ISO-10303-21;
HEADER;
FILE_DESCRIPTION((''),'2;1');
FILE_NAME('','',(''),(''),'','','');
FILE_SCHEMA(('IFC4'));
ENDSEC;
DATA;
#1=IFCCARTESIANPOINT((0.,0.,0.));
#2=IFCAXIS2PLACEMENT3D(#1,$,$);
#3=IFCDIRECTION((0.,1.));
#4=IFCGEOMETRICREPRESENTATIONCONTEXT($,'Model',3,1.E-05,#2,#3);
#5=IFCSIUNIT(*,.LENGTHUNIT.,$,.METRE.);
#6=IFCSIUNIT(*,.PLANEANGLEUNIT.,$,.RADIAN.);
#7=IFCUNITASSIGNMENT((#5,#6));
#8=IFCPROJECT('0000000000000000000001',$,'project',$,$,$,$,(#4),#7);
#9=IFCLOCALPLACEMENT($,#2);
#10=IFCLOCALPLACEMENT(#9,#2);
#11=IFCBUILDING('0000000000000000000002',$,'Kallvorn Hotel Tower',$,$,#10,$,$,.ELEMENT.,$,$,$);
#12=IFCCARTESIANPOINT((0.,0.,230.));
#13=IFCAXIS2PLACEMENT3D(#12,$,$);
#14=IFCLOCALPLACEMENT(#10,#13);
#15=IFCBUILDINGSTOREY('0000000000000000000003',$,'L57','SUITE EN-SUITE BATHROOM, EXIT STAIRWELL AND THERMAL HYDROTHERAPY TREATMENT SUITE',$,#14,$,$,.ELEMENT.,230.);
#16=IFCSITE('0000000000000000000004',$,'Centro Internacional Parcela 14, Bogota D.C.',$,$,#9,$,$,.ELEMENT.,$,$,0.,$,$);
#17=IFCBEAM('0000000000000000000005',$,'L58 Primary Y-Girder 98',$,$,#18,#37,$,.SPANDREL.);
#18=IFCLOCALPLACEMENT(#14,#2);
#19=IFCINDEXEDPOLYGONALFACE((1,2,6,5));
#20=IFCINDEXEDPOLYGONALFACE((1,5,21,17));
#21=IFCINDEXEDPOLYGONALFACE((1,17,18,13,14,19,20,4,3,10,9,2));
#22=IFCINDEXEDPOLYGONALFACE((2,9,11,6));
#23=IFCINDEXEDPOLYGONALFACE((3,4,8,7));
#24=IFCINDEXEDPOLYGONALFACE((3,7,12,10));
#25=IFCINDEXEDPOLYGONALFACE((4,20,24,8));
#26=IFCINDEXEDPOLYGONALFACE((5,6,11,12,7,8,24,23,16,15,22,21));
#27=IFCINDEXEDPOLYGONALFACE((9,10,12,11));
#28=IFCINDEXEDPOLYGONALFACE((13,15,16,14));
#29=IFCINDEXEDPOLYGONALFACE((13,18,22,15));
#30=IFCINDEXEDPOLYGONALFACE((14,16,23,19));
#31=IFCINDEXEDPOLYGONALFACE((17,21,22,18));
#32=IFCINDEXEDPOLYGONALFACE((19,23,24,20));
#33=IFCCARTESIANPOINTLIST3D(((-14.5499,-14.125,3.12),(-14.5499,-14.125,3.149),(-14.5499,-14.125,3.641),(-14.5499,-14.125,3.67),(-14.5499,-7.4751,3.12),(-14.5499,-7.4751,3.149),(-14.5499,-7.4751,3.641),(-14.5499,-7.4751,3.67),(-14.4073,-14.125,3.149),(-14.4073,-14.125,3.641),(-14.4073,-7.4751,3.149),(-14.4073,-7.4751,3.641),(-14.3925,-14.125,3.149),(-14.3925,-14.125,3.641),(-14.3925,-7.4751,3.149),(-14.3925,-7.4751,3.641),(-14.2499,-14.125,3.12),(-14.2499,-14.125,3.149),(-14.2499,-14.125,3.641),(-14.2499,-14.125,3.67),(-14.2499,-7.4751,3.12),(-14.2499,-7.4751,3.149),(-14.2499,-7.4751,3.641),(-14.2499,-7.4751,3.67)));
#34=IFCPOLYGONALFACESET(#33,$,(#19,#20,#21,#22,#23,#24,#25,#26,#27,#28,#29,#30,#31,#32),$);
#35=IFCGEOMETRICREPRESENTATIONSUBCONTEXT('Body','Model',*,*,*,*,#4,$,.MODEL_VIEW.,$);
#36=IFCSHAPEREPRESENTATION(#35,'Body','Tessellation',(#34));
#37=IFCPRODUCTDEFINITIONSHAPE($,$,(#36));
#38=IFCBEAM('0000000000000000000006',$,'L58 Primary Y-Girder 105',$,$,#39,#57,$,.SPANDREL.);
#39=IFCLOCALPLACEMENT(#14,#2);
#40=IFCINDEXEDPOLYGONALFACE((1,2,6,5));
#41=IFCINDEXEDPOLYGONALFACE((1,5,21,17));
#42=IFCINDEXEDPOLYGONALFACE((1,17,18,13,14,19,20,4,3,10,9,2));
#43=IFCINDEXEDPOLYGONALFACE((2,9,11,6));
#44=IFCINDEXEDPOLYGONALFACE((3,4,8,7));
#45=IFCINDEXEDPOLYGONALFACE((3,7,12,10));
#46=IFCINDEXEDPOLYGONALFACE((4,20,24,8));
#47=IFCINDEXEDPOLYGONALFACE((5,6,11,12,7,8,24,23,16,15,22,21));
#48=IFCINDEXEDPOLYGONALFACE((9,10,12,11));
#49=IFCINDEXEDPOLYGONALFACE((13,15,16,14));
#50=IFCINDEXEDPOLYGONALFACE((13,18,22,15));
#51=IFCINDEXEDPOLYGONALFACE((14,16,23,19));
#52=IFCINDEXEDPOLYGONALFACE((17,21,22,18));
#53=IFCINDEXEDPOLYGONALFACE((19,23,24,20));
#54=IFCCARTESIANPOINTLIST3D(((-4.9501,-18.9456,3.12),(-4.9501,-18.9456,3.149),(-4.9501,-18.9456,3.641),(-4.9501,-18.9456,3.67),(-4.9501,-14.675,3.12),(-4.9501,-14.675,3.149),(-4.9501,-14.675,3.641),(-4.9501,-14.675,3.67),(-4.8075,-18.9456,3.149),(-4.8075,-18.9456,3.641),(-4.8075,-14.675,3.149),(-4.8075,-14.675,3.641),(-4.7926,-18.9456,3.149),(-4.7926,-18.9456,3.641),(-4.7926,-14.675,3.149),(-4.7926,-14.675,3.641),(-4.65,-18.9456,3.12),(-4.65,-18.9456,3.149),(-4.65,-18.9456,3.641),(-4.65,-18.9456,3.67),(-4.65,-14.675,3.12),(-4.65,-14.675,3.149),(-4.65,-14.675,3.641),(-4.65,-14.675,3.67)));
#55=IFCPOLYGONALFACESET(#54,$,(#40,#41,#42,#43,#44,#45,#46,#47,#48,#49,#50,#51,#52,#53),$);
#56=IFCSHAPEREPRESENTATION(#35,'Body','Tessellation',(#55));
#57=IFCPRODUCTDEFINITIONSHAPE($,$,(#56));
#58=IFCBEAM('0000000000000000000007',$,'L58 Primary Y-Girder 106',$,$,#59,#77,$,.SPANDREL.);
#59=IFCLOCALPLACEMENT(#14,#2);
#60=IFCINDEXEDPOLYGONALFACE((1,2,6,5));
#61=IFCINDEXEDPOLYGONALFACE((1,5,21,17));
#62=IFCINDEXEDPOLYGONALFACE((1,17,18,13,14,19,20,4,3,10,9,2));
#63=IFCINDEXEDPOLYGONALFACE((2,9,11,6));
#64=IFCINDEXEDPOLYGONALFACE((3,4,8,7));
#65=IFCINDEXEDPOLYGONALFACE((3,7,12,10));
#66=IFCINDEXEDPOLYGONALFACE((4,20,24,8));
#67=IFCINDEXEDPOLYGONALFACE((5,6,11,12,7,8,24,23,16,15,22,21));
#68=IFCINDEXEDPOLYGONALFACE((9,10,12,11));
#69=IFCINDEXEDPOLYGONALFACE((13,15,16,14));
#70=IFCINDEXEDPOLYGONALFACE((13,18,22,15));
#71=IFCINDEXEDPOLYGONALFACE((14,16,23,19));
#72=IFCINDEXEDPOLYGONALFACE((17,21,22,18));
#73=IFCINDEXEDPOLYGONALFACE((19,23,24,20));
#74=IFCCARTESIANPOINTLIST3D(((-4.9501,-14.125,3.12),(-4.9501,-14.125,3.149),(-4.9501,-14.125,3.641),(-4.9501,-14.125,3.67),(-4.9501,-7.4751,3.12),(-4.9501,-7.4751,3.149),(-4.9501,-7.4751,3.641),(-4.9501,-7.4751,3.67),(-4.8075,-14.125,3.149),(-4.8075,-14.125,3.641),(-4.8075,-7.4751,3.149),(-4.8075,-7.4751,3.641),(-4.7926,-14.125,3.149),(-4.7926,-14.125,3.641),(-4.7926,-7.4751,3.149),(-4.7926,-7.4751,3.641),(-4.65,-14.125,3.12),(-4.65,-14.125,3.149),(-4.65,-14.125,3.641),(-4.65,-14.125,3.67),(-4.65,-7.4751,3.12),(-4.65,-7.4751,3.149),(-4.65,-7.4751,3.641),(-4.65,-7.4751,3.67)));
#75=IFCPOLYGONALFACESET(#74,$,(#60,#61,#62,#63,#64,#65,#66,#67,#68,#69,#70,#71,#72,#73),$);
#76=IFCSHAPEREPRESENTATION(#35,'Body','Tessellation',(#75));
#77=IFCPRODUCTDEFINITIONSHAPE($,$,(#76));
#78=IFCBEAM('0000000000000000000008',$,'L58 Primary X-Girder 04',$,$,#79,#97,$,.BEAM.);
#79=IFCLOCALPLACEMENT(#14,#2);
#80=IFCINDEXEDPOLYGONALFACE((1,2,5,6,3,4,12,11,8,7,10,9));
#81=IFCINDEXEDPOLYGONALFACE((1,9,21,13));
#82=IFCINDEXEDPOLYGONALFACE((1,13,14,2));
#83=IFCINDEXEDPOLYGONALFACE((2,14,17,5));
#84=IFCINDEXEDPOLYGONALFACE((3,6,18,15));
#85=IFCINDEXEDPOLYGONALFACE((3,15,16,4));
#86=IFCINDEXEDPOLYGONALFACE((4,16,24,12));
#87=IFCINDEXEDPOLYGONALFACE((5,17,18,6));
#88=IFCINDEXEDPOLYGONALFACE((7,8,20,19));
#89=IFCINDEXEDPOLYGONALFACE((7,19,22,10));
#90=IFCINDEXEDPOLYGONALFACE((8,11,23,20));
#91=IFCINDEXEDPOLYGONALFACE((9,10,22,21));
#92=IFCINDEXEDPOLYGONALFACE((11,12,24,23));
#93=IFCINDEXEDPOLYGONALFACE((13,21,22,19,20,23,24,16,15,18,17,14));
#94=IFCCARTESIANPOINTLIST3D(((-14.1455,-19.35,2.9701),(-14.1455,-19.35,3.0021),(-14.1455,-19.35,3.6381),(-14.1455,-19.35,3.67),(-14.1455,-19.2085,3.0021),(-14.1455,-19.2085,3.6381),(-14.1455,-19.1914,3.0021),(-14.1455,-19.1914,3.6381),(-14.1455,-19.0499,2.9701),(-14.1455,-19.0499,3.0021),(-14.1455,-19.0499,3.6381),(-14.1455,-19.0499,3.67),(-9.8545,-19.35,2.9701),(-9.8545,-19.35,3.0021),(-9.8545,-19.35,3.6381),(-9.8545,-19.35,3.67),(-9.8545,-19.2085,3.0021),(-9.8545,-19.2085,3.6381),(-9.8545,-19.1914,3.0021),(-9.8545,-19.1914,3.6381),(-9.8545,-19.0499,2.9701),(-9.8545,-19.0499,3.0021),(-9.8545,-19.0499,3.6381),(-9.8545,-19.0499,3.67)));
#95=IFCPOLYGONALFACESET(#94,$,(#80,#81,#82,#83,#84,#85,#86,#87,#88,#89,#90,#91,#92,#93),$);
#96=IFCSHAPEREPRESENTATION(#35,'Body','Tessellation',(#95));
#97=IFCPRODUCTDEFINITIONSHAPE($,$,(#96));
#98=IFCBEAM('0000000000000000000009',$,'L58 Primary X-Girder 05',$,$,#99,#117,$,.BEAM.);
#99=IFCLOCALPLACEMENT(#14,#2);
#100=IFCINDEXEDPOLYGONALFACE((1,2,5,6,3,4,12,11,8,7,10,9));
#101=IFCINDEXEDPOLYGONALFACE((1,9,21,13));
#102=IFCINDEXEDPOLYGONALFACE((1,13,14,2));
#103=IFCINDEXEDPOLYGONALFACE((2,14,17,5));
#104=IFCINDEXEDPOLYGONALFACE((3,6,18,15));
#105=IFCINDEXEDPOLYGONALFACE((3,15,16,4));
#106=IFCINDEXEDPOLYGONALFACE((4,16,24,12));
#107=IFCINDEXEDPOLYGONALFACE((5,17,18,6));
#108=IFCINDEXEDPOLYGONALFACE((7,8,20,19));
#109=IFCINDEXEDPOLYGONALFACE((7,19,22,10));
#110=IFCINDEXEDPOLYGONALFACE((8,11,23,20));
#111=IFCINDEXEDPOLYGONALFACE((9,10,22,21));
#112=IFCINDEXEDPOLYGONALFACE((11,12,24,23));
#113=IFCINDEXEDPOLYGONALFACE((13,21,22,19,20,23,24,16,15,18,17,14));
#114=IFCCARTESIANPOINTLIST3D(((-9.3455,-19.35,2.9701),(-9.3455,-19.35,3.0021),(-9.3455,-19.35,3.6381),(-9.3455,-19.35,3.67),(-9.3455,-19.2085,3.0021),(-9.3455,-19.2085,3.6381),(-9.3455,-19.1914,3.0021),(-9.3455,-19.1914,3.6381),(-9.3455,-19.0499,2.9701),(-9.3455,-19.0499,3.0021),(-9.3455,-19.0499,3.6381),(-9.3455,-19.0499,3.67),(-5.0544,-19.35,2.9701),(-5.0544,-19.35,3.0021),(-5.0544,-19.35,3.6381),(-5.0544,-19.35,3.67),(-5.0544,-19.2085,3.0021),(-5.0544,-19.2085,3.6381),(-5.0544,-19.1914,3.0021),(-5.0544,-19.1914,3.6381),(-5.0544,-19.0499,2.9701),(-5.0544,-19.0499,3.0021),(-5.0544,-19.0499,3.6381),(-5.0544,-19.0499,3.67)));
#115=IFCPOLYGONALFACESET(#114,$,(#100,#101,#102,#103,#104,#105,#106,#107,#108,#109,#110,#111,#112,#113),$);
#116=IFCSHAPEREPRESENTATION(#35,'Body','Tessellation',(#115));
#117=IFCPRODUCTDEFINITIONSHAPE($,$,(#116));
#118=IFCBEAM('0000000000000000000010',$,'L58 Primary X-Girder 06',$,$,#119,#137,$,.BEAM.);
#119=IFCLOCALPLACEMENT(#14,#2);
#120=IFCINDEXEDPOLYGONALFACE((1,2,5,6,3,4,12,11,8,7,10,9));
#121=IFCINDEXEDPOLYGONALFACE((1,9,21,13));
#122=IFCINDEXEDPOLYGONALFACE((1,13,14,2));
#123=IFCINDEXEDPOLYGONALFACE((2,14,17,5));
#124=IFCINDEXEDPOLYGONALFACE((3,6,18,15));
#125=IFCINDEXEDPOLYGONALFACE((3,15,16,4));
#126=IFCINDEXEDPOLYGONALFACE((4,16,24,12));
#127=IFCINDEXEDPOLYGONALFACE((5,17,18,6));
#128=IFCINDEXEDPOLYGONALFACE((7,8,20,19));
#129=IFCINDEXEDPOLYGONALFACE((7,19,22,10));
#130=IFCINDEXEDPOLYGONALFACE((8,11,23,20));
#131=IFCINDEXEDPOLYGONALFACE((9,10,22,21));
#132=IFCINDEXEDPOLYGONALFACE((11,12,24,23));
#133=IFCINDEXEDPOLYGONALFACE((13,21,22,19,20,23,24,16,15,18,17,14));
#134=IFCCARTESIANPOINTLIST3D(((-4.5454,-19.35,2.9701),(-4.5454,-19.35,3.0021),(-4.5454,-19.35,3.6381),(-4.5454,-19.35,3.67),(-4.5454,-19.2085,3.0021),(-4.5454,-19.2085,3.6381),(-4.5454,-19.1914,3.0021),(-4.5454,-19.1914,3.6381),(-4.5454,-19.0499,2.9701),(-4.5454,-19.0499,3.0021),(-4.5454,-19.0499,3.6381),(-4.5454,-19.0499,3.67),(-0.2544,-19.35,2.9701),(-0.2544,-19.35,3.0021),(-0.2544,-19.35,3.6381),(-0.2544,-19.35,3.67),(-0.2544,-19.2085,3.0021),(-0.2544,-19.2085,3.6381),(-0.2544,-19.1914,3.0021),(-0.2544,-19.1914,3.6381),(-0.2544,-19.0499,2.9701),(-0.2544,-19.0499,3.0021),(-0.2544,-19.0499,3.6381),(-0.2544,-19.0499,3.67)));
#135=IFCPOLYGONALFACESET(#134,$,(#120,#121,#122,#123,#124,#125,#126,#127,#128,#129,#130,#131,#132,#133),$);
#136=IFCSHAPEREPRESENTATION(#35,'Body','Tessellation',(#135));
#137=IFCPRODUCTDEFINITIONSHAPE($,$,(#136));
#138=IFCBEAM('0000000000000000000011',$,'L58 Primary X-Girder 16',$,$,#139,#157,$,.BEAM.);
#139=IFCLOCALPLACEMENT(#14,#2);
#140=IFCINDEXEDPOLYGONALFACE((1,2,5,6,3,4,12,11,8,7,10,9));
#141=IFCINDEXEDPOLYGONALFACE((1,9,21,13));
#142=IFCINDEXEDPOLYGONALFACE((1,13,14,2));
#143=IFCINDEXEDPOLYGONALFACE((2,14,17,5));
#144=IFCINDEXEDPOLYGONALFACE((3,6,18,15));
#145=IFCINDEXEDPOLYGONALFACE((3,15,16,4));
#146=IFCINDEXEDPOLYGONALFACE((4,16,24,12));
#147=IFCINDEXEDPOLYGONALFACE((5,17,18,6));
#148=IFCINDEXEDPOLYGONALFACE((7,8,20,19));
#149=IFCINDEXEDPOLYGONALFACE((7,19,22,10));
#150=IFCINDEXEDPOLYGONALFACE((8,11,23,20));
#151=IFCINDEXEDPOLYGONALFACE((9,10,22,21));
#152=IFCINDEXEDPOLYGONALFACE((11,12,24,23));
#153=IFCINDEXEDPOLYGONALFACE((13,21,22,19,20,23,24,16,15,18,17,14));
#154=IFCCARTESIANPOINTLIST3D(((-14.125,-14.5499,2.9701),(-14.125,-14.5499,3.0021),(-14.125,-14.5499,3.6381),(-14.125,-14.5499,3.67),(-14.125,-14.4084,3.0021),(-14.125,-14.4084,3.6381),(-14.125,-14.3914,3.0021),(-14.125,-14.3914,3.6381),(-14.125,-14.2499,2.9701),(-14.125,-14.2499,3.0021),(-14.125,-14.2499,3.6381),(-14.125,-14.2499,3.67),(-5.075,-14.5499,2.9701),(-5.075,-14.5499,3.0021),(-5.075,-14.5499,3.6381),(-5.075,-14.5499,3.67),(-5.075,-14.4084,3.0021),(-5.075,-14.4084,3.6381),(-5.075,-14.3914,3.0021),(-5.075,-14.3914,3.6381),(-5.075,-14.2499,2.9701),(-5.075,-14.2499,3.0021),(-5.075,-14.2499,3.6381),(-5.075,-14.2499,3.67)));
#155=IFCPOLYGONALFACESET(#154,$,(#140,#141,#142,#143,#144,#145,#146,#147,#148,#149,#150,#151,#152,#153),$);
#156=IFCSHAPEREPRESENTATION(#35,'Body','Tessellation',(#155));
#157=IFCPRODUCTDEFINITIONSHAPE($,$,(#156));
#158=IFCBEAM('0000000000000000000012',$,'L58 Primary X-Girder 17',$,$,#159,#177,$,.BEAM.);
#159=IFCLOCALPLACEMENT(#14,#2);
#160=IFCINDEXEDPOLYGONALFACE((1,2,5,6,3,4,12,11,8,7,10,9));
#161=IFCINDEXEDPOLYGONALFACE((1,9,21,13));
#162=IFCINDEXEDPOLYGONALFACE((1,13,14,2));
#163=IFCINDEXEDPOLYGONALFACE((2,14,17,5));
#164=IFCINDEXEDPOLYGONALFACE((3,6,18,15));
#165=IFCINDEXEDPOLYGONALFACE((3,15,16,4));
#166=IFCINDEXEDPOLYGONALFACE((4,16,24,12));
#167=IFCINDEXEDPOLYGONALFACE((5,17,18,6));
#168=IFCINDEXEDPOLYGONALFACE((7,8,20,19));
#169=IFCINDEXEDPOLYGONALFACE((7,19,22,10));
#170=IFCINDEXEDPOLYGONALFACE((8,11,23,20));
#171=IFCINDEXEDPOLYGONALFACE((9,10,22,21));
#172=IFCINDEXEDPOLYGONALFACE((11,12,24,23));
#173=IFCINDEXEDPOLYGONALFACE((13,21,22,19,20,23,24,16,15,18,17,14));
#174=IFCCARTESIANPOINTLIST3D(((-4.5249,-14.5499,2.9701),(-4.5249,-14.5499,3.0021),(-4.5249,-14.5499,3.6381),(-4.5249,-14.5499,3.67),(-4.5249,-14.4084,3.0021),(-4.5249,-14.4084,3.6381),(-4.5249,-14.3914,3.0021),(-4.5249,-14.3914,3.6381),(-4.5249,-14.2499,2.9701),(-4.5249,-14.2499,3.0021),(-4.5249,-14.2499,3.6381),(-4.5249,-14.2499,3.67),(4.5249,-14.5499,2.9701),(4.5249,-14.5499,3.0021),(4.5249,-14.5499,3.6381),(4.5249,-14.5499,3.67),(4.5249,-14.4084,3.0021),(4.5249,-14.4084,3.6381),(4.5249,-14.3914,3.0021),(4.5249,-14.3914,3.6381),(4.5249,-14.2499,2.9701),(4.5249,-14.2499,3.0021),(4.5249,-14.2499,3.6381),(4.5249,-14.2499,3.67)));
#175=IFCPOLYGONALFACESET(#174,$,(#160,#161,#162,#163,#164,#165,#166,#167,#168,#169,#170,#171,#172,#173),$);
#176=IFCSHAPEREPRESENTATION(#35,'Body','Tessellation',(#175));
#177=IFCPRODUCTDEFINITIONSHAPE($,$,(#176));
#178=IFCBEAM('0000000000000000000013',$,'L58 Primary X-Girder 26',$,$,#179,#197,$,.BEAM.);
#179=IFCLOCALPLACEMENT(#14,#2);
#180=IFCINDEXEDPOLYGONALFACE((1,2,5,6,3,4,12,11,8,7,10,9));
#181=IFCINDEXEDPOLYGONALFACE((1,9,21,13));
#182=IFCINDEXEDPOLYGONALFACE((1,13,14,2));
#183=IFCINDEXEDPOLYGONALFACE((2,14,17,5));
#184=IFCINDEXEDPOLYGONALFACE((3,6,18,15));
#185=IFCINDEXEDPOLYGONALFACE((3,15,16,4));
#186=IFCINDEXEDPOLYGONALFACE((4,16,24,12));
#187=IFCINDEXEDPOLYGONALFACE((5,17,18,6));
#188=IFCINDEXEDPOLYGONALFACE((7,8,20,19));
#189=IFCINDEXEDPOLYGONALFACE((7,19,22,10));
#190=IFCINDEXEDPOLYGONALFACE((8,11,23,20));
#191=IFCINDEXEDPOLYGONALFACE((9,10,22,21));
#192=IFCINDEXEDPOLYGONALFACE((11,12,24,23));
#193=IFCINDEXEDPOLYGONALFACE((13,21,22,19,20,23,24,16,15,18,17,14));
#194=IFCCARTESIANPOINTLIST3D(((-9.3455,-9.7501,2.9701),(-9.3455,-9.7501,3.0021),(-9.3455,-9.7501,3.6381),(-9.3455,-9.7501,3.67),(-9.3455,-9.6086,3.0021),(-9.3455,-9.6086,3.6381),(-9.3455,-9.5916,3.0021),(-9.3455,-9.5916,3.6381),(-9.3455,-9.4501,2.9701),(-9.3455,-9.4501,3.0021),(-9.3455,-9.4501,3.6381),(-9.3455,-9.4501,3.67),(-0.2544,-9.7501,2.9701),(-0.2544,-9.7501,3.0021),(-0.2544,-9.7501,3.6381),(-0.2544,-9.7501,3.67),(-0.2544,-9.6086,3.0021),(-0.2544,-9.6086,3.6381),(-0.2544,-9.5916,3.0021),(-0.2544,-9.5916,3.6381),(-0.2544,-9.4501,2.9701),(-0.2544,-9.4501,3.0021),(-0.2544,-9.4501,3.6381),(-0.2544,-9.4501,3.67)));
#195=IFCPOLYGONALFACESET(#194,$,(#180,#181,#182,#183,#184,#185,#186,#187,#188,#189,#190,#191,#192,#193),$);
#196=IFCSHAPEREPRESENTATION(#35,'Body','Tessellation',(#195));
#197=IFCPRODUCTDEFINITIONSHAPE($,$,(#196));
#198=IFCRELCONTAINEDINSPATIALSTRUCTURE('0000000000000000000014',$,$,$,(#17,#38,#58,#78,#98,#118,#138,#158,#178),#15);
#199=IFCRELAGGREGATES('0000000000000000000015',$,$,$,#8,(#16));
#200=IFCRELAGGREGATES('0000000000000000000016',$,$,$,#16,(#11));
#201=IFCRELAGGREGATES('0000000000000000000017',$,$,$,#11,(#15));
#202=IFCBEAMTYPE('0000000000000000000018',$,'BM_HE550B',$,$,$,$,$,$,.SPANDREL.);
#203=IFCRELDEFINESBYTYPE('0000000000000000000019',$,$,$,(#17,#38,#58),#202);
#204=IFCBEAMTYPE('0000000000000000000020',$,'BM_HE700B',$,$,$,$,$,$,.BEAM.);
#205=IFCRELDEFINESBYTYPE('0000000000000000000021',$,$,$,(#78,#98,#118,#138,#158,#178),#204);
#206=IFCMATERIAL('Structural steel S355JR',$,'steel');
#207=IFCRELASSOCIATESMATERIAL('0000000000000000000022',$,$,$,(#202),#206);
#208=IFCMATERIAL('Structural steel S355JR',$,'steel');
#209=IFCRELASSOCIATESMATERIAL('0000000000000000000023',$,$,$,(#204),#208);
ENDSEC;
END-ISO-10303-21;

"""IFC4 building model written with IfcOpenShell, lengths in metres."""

from ifc_helpers import new_model, si_unit, direction, frame, origin, origin_2d, place, context, subcontext, project, spatial, i_section, extrude, material, material_profile, profile_set, type_object, element, save


model = new_model("IFC4")

# Units and contexts
model_context = context("Model", 3, precision=1e-05, world=origin(), true_north=direction((0.0, 1.0)))
body_context = subcontext(model_context, "Body", "Model", "MODEL_VIEW")
ifc_project = project(units=[si_unit("LENGTHUNIT", "METRE"), si_unit("PLANEANGLEUNIT", "RADIAN")], contexts=[model_context])

# Site, building, storey
site_placement = place(None, origin())
site = spatial("IfcSite", under=ifc_project, at=site_placement, Name="Centro Internacional Parcela 14, Bogota D.C.", CompositionType="ELEMENT", RefElevation=0.0)
building_placement = place(site_placement, origin())
building = spatial("IfcBuilding", under=site, at=building_placement, Name="Kallvorn Hotel Tower", CompositionType="ELEMENT")
storey_placement = place(building_placement, frame((0.0, 0.0, 230.0)))
storey = spatial("IfcBuildingStorey", under=building, at=storey_placement, Name="L57", Description="SUITE EN-SUITE BATHROOM, EXIT STAIRWELL AND THERMAL HYDROTHERAPY TREATMENT SUITE", CompositionType="ELEMENT", Elevation=230.0)

# Beams
ifc_material_1 = material(Name="Structural steel S355JR", Category="steel")
ifc_material_profile_1 = material_profile(ifc_material_1, i_section(OverallWidth=0.3, OverallDepth=0.55, WebThickness=0.0149, FlangeThickness=0.0291, at=origin_2d()), Name="HE 550 B")
ifc_profile_set_1 = profile_set([ifc_material_profile_1], Name="Structural steel S355JR")
beam_type_1 = type_object("IfcBeamType", Name="BM_HE550B", PredefinedType="SPANDREL", material=ifc_profile_set_1)
beam_1_placement = place(storey_placement, frame((-14.3999, -14.125, 3.395), z_axis=(0.0, 1.0, 0.0), x_axis=(-1.0, 0.0, 0.0)))
element("IfcBeam", 1, at=beam_1_placement, inside=storey, type_object=beam_type_1, Name="L58 Primary Y-Girder 98", PredefinedType="SPANDREL", context=body_context, shape_type="SweptSolid", body=[
    extrude(i_section(OverallWidth=0.3, OverallDepth=0.55, WebThickness=0.0149, FlangeThickness=0.0291, at=origin_2d()), origin(), (0.0, 0.0, 1.0), 6.6499),
])
beam_2_placement = place(storey_placement, frame((-4.8, -18.9456, 3.395), z_axis=(0.0, 1.0, 0.0), x_axis=(-1.0, 0.0, 0.0)))
element("IfcBeam", 2, at=beam_2_placement, inside=storey, type_object=beam_type_1, Name="L58 Primary Y-Girder 105", PredefinedType="SPANDREL", context=body_context, shape_type="SweptSolid", body=[
    extrude(i_section(OverallWidth=0.3, OverallDepth=0.55, WebThickness=0.0149, FlangeThickness=0.0291, at=origin_2d()), origin(), (0.0, 0.0, 1.0), 4.2705),
])
beam_3_placement = place(storey_placement, frame((-4.8, -14.125, 3.395), z_axis=(0.0, 1.0, 0.0), x_axis=(-1.0, 0.0, 0.0)))
element("IfcBeam", 3, at=beam_3_placement, inside=storey, type_object=beam_type_1, Name="L58 Primary Y-Girder 106", PredefinedType="SPANDREL", context=body_context, shape_type="SweptSolid", body=[
    extrude(i_section(OverallWidth=0.3, OverallDepth=0.55, WebThickness=0.0149, FlangeThickness=0.0291, at=origin_2d()), origin(), (0.0, 0.0, 1.0), 6.6499),
])
ifc_material_2 = material(Name="Structural steel S355JR", Category="steel")
ifc_material_profile_2 = material_profile(ifc_material_2, i_section(OverallWidth=0.3, OverallDepth=0.7, WebThickness=0.0171, FlangeThickness=0.032, at=origin_2d()), Name="HE 700 B")
ifc_profile_set_2 = profile_set([ifc_material_profile_2], Name="Structural steel S355JR")
beam_type_2 = type_object("IfcBeamType", Name="BM_HE700B", PredefinedType="BEAM", material=ifc_profile_set_2)
for number, where, z_axis, x_axis, name in (
    (4, (-14.1455, -19.2, 3.3201), (1.0, 0.0, 0.0), (0.0, 1.0, 0.0), "L58 Primary X-Girder 04"),
    (5, (-9.3455, -19.2, 3.3201), (1.0, 0.0, 0.0), (0.0, 1.0, 0.0), "L58 Primary X-Girder 05"),
    (6, (-4.5454, -19.2, 3.3201), (1.0, 0.0, 0.0), (0.0, 1.0, 0.0), "L58 Primary X-Girder 06"),
):
    element("IfcBeam", number, at=place(storey_placement, frame(where, z_axis=z_axis, x_axis=x_axis)), inside=storey, type_object=beam_type_2, Name=name, PredefinedType="BEAM", context=body_context, shape_type="SweptSolid", body=[
        extrude(i_section(OverallWidth=0.3, OverallDepth=0.7, WebThickness=0.0171, FlangeThickness=0.032, at=origin_2d()), origin(), (0.0, 0.0, 1.0), 4.291),
    ])
beam_4_placement = place(storey_placement, frame((-14.125, -14.3999, 3.3201), z_axis=(1.0, 0.0, 0.0), x_axis=(0.0, 1.0, 0.0)))
element("IfcBeam", 7, at=beam_4_placement, inside=storey, type_object=beam_type_2, Name="L58 Primary X-Girder 16", PredefinedType="BEAM", context=body_context, shape_type="SweptSolid", body=[
    extrude(i_section(OverallWidth=0.3, OverallDepth=0.7, WebThickness=0.0171, FlangeThickness=0.032, at=origin_2d()), origin(), (0.0, 0.0, 1.0), 9.05),
])
beam_5_placement = place(storey_placement, frame((-4.5249, -14.3999, 3.3201), z_axis=(1.0, 0.0, 0.0), x_axis=(0.0, 1.0, 0.0)))
element("IfcBeam", 8, at=beam_5_placement, inside=storey, type_object=beam_type_2, Name="L58 Primary X-Girder 17", PredefinedType="BEAM", context=body_context, shape_type="SweptSolid", body=[
    extrude(i_section(OverallWidth=0.3, OverallDepth=0.7, WebThickness=0.0171, FlangeThickness=0.032, at=origin_2d()), origin(), (0.0, 0.0, 1.0), 9.0498),
])
beam_6_placement = place(storey_placement, frame((-9.3455, -9.6001, 3.3201), z_axis=(1.0, 0.0, 0.0), x_axis=(0.0, 1.0, 0.0)))
element("IfcBeam", 9, at=beam_6_placement, inside=storey, type_object=beam_type_2, Name="L58 Primary X-Girder 26", PredefinedType="BEAM", context=body_context, shape_type="SweptSolid", body=[
    extrude(i_section(OverallWidth=0.3, OverallDepth=0.7, WebThickness=0.0171, FlangeThickness=0.032, at=origin_2d()), origin(), (0.0, 0.0, 1.0), 9.0911),
])

save(model, "model.ifc")
